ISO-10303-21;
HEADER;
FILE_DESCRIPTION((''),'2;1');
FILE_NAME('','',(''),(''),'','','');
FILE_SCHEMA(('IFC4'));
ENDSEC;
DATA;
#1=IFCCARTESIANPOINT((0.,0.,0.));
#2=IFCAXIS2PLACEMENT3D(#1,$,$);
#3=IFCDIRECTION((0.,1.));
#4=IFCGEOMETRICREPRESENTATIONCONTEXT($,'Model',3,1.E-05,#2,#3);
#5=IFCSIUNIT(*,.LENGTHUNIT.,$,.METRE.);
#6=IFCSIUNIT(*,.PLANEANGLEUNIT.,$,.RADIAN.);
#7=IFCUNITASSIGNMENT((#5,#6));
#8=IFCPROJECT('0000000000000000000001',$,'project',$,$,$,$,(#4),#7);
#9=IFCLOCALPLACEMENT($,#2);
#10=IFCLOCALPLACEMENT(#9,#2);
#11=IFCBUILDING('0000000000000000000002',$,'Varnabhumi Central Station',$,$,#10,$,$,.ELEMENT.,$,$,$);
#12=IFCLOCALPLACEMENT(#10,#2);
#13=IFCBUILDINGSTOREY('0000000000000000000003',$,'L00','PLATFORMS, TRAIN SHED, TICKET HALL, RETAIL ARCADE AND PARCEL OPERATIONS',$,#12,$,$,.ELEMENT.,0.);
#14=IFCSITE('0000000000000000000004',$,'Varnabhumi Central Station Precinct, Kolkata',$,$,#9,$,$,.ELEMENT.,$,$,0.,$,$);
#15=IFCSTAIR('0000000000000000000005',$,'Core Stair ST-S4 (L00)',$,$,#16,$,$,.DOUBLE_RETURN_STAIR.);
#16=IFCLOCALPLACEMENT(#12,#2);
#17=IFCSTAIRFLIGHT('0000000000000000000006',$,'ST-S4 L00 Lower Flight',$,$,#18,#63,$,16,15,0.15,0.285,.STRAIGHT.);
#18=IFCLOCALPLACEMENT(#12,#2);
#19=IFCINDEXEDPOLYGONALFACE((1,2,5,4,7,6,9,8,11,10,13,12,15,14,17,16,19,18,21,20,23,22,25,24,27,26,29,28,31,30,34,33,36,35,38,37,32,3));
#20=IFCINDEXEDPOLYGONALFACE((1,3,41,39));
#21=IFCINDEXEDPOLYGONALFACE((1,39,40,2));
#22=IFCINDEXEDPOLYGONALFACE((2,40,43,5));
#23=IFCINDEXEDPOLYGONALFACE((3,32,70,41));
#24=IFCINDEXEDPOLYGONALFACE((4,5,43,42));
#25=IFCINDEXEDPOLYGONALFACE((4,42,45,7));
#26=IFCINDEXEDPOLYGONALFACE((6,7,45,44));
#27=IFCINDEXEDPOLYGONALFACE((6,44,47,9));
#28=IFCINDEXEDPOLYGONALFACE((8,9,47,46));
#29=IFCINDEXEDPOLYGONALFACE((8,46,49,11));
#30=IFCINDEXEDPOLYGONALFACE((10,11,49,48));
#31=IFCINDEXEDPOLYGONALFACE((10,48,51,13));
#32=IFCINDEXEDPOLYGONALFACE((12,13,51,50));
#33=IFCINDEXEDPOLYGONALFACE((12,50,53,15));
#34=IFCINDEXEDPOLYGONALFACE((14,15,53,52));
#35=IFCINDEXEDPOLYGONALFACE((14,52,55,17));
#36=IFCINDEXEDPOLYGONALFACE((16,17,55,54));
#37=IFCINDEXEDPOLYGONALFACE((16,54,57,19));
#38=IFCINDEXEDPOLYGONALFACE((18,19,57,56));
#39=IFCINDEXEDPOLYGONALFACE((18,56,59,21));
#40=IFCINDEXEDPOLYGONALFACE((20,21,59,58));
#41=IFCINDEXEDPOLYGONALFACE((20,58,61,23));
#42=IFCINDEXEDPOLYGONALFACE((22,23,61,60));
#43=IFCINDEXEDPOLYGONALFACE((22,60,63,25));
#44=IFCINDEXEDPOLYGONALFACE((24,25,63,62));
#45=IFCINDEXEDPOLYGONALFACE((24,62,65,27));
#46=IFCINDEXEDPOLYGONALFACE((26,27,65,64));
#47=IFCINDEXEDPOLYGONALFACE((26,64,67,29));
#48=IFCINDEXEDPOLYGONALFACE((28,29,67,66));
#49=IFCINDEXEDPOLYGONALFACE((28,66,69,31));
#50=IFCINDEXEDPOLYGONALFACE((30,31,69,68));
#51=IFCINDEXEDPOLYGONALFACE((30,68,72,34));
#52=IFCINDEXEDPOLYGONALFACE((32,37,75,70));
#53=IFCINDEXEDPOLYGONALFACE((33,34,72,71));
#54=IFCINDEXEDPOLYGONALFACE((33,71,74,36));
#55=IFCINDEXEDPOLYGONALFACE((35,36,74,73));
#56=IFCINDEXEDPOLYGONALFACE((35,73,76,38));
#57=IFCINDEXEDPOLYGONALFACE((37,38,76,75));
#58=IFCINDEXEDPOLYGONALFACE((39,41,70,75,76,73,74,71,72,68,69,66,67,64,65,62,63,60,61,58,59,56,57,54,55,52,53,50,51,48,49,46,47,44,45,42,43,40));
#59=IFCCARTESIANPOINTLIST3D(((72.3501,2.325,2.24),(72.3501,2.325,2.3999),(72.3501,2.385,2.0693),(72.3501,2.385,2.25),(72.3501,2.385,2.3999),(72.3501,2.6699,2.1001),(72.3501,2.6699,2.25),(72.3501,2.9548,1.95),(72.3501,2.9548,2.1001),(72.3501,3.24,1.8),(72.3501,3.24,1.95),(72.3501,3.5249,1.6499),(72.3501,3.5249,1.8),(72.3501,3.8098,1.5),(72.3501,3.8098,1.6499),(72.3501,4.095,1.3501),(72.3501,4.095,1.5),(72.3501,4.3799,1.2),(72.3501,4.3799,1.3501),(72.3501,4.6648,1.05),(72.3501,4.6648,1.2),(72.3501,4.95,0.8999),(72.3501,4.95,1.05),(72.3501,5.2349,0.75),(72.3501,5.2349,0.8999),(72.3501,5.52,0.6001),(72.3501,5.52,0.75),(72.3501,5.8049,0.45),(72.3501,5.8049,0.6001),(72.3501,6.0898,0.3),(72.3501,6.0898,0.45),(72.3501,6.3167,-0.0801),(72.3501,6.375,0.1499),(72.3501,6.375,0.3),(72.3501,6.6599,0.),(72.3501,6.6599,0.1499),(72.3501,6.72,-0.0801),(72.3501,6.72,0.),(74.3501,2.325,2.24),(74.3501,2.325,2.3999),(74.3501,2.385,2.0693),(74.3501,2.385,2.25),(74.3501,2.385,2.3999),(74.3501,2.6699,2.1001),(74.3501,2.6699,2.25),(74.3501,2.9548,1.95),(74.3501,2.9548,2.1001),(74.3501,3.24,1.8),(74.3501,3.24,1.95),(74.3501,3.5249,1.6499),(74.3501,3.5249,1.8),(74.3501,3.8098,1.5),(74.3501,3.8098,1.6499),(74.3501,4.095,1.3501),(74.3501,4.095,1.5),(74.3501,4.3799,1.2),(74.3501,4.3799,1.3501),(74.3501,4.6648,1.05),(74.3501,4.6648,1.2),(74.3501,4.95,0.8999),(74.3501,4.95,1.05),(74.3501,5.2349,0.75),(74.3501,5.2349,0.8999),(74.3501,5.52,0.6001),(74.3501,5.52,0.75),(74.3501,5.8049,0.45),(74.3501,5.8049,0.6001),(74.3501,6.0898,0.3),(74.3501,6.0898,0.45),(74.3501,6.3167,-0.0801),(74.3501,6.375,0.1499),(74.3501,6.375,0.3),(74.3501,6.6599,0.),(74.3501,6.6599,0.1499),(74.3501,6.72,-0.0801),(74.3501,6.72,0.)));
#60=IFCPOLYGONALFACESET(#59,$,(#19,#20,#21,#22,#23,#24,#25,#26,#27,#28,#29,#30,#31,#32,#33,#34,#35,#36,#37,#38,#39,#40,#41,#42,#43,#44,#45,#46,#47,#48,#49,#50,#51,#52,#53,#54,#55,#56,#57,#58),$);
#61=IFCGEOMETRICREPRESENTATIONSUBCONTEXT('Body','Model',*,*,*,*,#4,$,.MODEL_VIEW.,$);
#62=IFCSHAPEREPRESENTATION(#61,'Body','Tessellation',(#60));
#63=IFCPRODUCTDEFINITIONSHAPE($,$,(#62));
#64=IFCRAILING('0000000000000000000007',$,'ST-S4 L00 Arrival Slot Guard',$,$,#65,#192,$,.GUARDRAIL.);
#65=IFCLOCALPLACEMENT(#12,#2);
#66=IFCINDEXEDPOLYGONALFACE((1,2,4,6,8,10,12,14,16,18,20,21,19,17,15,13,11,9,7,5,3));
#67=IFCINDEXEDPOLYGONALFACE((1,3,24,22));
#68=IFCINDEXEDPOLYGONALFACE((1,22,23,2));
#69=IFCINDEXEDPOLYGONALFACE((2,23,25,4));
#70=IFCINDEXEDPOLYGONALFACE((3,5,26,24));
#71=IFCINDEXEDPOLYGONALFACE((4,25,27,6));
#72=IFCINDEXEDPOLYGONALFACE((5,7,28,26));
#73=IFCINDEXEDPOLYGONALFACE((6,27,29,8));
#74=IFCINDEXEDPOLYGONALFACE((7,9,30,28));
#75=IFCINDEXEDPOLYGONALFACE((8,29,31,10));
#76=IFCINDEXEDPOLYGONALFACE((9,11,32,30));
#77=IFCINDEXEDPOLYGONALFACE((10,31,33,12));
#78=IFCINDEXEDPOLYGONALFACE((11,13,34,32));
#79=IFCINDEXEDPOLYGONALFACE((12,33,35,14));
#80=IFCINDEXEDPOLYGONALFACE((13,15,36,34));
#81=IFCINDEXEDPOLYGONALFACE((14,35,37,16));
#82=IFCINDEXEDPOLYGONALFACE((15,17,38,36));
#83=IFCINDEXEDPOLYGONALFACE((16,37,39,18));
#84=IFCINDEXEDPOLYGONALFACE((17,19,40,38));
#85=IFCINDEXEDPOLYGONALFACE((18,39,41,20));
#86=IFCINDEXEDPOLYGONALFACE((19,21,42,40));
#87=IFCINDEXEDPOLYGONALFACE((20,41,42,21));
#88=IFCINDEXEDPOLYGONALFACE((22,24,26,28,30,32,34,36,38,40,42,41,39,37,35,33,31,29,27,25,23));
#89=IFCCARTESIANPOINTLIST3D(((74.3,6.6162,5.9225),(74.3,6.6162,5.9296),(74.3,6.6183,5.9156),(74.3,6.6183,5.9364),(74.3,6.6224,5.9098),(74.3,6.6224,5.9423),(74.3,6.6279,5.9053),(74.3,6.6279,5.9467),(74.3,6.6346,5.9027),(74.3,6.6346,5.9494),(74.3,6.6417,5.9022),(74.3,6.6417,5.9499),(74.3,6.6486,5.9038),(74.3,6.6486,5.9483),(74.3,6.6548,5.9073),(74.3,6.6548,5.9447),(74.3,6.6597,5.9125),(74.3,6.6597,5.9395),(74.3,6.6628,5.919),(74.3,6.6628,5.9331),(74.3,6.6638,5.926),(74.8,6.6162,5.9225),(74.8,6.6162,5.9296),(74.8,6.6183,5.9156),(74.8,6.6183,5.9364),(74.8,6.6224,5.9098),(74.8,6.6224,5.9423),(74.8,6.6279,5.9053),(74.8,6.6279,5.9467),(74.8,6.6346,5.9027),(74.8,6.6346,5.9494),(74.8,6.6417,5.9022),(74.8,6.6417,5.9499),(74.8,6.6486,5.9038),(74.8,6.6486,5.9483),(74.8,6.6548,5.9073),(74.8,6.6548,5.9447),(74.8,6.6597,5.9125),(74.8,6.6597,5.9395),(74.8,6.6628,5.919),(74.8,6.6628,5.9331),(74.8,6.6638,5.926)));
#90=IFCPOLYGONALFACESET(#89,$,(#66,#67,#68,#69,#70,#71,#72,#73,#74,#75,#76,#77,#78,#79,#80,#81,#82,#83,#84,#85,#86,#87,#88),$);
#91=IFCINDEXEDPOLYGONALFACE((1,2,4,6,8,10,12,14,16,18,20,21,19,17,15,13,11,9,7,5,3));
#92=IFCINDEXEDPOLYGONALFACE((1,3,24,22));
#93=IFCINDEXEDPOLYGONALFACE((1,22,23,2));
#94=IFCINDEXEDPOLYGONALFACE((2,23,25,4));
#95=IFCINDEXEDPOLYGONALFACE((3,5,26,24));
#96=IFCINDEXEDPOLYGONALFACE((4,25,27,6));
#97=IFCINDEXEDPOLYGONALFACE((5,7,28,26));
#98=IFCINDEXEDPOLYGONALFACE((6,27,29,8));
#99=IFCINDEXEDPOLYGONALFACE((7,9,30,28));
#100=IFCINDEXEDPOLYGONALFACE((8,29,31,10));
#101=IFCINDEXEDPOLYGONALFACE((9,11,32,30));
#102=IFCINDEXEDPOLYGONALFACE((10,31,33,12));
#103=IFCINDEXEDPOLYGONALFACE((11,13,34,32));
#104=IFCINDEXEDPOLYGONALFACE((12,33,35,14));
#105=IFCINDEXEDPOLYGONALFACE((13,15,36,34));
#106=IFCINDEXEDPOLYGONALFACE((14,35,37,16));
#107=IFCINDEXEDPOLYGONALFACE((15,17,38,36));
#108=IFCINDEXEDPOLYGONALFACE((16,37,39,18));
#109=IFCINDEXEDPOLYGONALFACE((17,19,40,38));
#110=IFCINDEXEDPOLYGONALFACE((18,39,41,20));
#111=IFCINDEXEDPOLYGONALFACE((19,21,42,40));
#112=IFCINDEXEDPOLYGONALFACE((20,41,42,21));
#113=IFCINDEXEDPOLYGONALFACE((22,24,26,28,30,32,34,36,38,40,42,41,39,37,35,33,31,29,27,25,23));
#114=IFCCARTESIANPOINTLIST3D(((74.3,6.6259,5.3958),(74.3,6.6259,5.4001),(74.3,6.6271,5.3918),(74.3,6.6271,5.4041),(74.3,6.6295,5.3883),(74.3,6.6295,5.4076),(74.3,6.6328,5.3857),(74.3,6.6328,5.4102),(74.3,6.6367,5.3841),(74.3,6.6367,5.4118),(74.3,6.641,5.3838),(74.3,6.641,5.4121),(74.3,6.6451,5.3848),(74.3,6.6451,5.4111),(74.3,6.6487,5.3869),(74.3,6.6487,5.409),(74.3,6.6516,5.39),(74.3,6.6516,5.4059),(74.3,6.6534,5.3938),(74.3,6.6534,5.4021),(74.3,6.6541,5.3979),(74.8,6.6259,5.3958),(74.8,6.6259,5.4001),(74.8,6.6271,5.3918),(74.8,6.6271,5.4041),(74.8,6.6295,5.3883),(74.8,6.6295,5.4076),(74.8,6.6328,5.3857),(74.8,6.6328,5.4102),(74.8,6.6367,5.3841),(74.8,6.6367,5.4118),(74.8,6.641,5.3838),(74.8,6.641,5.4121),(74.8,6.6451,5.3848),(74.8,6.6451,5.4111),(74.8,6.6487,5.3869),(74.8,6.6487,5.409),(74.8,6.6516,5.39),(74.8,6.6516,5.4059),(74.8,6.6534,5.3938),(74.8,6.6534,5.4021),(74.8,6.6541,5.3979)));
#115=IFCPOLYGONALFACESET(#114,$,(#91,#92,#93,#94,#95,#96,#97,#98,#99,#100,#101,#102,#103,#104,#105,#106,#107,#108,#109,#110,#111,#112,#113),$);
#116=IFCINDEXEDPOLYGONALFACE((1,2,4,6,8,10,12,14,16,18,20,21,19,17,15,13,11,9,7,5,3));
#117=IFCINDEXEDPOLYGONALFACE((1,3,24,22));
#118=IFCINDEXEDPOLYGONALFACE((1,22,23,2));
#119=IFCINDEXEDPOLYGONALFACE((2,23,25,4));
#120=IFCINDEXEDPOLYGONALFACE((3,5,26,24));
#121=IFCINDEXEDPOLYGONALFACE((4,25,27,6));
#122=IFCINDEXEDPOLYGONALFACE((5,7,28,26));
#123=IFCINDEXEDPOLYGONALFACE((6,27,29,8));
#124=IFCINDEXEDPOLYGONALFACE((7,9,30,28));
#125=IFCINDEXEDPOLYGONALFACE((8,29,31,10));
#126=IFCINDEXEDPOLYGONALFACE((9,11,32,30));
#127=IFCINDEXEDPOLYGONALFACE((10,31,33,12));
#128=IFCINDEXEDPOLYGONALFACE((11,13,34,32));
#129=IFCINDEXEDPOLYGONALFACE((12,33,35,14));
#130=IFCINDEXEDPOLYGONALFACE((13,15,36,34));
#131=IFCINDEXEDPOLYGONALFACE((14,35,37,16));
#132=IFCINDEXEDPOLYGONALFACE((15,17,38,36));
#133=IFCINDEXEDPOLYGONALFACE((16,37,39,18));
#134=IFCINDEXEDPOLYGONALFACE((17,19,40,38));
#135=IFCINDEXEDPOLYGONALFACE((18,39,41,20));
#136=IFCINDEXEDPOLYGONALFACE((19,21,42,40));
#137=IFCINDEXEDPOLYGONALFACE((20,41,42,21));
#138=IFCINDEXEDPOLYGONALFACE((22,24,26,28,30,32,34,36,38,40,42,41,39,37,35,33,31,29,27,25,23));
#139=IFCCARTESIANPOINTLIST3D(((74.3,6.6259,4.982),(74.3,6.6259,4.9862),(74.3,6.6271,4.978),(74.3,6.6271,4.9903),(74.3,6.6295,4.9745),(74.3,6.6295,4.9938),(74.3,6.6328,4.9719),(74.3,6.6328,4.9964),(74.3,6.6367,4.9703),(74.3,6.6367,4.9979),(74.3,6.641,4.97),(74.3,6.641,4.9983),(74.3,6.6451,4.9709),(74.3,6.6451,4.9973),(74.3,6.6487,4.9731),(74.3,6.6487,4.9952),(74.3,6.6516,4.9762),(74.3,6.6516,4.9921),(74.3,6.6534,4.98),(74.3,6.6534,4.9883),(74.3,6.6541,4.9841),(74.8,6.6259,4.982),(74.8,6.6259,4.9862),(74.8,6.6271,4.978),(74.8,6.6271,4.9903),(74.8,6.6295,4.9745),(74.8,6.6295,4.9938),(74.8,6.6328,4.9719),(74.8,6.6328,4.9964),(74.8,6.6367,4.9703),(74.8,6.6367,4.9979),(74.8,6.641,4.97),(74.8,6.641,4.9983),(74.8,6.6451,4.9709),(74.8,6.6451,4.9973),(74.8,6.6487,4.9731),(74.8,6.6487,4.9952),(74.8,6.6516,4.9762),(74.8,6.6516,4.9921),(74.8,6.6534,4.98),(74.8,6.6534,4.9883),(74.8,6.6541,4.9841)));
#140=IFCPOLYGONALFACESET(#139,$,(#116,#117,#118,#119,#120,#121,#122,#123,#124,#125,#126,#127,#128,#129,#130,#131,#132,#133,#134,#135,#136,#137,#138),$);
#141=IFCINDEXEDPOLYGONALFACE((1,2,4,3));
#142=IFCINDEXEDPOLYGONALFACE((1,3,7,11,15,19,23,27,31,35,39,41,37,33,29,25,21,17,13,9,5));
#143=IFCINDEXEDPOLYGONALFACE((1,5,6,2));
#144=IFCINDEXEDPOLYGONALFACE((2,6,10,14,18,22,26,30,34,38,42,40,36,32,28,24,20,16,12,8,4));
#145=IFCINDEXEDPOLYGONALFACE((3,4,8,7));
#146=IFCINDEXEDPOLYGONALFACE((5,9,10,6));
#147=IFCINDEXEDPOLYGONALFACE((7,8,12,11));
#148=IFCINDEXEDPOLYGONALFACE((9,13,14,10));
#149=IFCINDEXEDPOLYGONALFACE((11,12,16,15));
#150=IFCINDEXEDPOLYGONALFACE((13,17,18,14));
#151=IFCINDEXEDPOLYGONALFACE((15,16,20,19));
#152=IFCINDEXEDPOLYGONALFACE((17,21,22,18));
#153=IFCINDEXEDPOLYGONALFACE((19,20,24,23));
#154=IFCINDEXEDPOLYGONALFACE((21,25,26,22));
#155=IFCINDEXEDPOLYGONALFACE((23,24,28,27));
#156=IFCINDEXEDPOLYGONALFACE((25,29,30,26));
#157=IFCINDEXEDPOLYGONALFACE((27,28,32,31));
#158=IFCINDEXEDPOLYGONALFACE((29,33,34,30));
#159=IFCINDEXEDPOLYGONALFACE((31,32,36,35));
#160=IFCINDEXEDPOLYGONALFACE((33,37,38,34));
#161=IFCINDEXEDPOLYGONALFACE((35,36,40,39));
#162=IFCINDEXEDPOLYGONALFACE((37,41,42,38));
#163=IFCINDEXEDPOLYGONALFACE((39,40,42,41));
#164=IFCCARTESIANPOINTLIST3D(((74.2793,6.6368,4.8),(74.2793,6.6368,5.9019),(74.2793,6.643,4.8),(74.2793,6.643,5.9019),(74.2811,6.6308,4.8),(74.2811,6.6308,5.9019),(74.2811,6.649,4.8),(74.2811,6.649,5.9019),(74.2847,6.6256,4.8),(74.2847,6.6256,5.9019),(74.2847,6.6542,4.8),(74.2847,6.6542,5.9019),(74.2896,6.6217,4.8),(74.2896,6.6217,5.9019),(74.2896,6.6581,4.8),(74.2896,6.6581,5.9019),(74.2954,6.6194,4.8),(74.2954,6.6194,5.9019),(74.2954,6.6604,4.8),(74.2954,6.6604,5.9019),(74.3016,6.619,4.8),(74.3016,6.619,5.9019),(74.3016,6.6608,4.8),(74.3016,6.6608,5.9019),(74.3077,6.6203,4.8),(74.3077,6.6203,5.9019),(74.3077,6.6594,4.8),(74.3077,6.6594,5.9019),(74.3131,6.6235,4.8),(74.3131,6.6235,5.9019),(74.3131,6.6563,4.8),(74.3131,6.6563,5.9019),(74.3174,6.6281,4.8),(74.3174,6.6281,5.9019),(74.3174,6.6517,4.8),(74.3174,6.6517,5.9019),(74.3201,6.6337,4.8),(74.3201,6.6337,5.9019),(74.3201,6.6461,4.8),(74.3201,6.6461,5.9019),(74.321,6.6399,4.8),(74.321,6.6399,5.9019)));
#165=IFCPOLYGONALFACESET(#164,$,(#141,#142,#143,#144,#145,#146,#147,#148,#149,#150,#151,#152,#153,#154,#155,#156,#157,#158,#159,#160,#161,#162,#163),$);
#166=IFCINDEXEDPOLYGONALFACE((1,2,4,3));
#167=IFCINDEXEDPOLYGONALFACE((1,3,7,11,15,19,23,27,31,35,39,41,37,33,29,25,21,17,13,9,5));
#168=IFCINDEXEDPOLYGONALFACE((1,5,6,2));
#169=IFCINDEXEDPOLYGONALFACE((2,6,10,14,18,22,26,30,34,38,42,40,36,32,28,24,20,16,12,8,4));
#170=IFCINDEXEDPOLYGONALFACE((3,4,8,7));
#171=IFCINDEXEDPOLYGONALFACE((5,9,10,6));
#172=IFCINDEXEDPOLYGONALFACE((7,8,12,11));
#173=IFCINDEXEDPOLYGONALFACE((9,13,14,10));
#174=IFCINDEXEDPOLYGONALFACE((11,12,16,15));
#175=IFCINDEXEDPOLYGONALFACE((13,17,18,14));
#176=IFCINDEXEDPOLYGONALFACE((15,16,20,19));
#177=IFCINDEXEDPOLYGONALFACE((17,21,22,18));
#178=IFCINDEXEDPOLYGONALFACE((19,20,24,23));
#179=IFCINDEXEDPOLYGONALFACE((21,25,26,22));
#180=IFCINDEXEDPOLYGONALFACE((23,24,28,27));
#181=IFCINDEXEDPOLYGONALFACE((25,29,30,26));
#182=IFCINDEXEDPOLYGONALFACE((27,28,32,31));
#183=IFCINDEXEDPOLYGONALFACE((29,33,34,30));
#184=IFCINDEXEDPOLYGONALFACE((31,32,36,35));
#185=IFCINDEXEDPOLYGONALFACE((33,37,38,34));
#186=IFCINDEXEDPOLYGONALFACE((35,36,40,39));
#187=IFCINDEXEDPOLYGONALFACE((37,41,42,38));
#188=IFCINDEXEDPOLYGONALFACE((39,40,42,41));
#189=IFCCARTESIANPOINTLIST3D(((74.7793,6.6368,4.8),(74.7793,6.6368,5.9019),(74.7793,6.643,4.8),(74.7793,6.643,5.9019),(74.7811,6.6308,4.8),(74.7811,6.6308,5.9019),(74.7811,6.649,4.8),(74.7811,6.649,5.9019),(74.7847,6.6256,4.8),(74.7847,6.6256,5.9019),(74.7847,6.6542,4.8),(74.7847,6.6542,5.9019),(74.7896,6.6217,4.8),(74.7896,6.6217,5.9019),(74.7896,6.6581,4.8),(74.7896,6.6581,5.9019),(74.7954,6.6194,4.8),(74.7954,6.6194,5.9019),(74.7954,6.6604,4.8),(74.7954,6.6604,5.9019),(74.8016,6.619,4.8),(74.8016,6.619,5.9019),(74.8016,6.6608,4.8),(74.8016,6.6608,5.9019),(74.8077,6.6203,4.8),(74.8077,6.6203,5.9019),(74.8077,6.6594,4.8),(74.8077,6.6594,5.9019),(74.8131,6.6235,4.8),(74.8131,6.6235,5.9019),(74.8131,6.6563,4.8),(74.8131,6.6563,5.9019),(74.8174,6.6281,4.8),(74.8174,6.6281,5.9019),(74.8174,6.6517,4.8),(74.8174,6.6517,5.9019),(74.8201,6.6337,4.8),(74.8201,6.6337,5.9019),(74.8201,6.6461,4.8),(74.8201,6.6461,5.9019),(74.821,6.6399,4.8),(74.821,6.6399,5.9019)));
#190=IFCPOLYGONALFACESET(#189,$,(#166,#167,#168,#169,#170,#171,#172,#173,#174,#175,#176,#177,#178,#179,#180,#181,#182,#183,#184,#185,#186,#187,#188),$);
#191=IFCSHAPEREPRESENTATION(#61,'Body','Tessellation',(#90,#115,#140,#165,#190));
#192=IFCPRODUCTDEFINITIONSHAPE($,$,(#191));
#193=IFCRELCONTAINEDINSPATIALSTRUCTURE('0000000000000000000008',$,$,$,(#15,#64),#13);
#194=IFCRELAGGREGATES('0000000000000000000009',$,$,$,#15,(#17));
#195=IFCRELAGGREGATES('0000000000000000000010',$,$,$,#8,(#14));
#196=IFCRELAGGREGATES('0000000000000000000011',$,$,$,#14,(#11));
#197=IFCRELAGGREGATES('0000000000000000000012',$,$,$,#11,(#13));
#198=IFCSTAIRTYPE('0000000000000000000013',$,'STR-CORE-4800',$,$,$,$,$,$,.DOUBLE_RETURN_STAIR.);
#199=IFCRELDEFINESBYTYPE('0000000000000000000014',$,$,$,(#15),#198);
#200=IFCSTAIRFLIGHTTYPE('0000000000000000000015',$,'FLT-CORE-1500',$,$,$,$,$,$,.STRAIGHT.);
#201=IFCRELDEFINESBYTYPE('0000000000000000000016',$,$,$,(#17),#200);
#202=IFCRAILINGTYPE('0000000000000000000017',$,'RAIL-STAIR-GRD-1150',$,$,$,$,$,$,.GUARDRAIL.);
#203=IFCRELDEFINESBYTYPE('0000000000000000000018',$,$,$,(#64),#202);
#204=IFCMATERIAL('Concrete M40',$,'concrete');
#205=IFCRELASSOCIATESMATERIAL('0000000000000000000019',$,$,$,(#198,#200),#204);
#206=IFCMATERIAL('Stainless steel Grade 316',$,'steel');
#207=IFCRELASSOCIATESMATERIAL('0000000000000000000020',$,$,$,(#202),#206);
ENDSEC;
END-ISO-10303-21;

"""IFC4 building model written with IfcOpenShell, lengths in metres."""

from ifc_helpers import new_model, si_unit, direction, frame, origin, origin_2d, place, context, subcontext, project, spatial, polyline, circle, outline, extrude, material, type_object, element, aggregate, save


model = new_model("IFC4")

# Units and contexts
model_context = context("Model", 3, precision=1e-05, world=origin(), true_north=direction((0.0, 1.0)))
body_context = subcontext(model_context, "Body", "Model", "MODEL_VIEW")
ifc_project = project(units=[si_unit("LENGTHUNIT", "METRE"), si_unit("PLANEANGLEUNIT", "RADIAN")], contexts=[model_context])

# Site, building, storey
site_placement = place(None, origin())
site = spatial("IfcSite", under=ifc_project, at=site_placement, Name="Varnabhumi Central Station Precinct, Kolkata", CompositionType="ELEMENT", RefElevation=0.0)
building_placement = place(site_placement, origin())
building = spatial("IfcBuilding", under=site, at=building_placement, Name="Varnabhumi Central Station", CompositionType="ELEMENT")
storey_placement = place(building_placement, origin())
storey = spatial("IfcBuildingStorey", under=building, at=storey_placement, Name="L00", Description="PLATFORMS, TRAIN SHED, TICKET HALL, RETAIL ARCADE AND PARCEL OPERATIONS", CompositionType="ELEMENT", Elevation=0.0)

# Shared definitions
ifc_material_1 = material(Name="Concrete M40", Category="concrete")

# Shared definitions
ifc_material_2 = material(Name="Stainless steel Grade 316", Category="steel")

# Stair, stair flight
stair_type = type_object("IfcStairType", Name="STR-CORE-4800", PredefinedType="DOUBLE_RETURN_STAIR", material=ifc_material_1)
stair_placement = place(storey_placement, origin())
stair = element("IfcStair", 1, at=stair_placement, inside=storey, type_object=stair_type, Name="Core Stair ST-S4 (L00)", PredefinedType="DOUBLE_RETURN_STAIR")
stair_flight_type = type_object("IfcStairFlightType", Name="FLT-CORE-1500", PredefinedType="STRAIGHT", material=ifc_material_1)
stair_flight_placement = place(storey_placement, frame((73.3501, 6.6599, 0.0), z_axis=(0.0, 0.0, 1.0), x_axis=(0.0, -1.0, 0.0)))
stair_flight = element("IfcStairFlight", 2, at=stair_flight_placement, type_object=stair_flight_type, Name="ST-S4 L00 Lower Flight", NumberOfRisers=16, NumberOfTreads=15, PredefinedType="STRAIGHT", RiserHeight=0.15, TreadLength=0.285, context=body_context, shape_type="SweptSolid", body=[
    extrude(outline(polyline([(-0.0601, -0.0801), (-0.0601, 0.0), (0.0, 0.0), (0.0, 0.1499), (0.2849, 0.1499), (0.2849, 0.3), (0.5701, 0.3), (0.5701, 0.45), (0.855, 0.45), (0.855, 0.6001), (1.1399, 0.6001), (1.1399, 0.75), (1.425, 0.75), (1.425, 0.8999), (1.71, 0.8999), (1.71, 1.05), (1.9951, 1.05), (1.9951, 1.2), (2.28, 1.2), (2.28, 1.3501), (2.5649, 1.3501), (2.5649, 1.5), (2.8501, 1.5), (2.8501, 1.6499), (3.135, 1.6499), (3.135, 1.8), (3.4199, 1.8), (3.4199, 1.95), (3.7051, 1.95), (3.7051, 2.1001), (3.99, 2.1001), (3.99, 2.25), (4.2749, 2.25), (4.2749, 2.3999), (4.335, 2.3999), (4.335, 2.24), (4.2749, 2.0693), (0.3433, -0.0801), (-0.0601, -0.0801)])), frame((0.0, 1.0, 0.0), z_axis=(0.0, -1.0, 0.0), x_axis=(1.0, 0.0, 0.0)), (0.0, 0.0, 1.0), 2.0),
])
aggregate(stair, [stair_flight])

# Railing
railing_type_1 = type_object("IfcRailingType", Name="RAIL-STAIR-GRD-1150", PredefinedType="GUARDRAIL", material=ifc_material_2)
railing_1_placement = place(storey_placement, frame((74.3, 6.6399, 4.8)))
element("IfcRailing", 3, at=railing_1_placement, inside=storey, type_object=railing_type_1, Name="ST-S4 L00 Arrival Slot Guard", PredefinedType="GUARDRAIL", context=body_context, shape_type="SweptSolid", body=[
    extrude(circle(Radius=0.0239, at=origin_2d()), frame((0.0, 0.0, 1.126), z_axis=(1.0, 0.0, 0.0), x_axis=(0.0, 1.0, 0.0)), (0.0, 0.0, 1.0), 0.5),
    extrude(circle(Radius=0.0142, at=origin_2d()), frame((0.0, 0.0, 0.5979), z_axis=(1.0, 0.0, 0.0), x_axis=(0.0, 1.0, 0.0)), (0.0, 0.0, 1.0), 0.5),
    extrude(circle(Radius=0.0142, at=origin_2d()), frame((0.0, 0.0, 0.1841), z_axis=(1.0, 0.0, 0.0), x_axis=(0.0, 1.0, 0.0)), (0.0, 0.0, 1.0), 0.5),
    extrude(circle(Radius=0.021, at=origin_2d()), origin(), (0.0, 0.0, 1.0), 1.1018),
    extrude(circle(Radius=0.021, at=origin_2d()), frame((0.5, 0.0, 0.0)), (0.0, 0.0, 1.0), 1.1018),
])

save(model, "model.ifc")
